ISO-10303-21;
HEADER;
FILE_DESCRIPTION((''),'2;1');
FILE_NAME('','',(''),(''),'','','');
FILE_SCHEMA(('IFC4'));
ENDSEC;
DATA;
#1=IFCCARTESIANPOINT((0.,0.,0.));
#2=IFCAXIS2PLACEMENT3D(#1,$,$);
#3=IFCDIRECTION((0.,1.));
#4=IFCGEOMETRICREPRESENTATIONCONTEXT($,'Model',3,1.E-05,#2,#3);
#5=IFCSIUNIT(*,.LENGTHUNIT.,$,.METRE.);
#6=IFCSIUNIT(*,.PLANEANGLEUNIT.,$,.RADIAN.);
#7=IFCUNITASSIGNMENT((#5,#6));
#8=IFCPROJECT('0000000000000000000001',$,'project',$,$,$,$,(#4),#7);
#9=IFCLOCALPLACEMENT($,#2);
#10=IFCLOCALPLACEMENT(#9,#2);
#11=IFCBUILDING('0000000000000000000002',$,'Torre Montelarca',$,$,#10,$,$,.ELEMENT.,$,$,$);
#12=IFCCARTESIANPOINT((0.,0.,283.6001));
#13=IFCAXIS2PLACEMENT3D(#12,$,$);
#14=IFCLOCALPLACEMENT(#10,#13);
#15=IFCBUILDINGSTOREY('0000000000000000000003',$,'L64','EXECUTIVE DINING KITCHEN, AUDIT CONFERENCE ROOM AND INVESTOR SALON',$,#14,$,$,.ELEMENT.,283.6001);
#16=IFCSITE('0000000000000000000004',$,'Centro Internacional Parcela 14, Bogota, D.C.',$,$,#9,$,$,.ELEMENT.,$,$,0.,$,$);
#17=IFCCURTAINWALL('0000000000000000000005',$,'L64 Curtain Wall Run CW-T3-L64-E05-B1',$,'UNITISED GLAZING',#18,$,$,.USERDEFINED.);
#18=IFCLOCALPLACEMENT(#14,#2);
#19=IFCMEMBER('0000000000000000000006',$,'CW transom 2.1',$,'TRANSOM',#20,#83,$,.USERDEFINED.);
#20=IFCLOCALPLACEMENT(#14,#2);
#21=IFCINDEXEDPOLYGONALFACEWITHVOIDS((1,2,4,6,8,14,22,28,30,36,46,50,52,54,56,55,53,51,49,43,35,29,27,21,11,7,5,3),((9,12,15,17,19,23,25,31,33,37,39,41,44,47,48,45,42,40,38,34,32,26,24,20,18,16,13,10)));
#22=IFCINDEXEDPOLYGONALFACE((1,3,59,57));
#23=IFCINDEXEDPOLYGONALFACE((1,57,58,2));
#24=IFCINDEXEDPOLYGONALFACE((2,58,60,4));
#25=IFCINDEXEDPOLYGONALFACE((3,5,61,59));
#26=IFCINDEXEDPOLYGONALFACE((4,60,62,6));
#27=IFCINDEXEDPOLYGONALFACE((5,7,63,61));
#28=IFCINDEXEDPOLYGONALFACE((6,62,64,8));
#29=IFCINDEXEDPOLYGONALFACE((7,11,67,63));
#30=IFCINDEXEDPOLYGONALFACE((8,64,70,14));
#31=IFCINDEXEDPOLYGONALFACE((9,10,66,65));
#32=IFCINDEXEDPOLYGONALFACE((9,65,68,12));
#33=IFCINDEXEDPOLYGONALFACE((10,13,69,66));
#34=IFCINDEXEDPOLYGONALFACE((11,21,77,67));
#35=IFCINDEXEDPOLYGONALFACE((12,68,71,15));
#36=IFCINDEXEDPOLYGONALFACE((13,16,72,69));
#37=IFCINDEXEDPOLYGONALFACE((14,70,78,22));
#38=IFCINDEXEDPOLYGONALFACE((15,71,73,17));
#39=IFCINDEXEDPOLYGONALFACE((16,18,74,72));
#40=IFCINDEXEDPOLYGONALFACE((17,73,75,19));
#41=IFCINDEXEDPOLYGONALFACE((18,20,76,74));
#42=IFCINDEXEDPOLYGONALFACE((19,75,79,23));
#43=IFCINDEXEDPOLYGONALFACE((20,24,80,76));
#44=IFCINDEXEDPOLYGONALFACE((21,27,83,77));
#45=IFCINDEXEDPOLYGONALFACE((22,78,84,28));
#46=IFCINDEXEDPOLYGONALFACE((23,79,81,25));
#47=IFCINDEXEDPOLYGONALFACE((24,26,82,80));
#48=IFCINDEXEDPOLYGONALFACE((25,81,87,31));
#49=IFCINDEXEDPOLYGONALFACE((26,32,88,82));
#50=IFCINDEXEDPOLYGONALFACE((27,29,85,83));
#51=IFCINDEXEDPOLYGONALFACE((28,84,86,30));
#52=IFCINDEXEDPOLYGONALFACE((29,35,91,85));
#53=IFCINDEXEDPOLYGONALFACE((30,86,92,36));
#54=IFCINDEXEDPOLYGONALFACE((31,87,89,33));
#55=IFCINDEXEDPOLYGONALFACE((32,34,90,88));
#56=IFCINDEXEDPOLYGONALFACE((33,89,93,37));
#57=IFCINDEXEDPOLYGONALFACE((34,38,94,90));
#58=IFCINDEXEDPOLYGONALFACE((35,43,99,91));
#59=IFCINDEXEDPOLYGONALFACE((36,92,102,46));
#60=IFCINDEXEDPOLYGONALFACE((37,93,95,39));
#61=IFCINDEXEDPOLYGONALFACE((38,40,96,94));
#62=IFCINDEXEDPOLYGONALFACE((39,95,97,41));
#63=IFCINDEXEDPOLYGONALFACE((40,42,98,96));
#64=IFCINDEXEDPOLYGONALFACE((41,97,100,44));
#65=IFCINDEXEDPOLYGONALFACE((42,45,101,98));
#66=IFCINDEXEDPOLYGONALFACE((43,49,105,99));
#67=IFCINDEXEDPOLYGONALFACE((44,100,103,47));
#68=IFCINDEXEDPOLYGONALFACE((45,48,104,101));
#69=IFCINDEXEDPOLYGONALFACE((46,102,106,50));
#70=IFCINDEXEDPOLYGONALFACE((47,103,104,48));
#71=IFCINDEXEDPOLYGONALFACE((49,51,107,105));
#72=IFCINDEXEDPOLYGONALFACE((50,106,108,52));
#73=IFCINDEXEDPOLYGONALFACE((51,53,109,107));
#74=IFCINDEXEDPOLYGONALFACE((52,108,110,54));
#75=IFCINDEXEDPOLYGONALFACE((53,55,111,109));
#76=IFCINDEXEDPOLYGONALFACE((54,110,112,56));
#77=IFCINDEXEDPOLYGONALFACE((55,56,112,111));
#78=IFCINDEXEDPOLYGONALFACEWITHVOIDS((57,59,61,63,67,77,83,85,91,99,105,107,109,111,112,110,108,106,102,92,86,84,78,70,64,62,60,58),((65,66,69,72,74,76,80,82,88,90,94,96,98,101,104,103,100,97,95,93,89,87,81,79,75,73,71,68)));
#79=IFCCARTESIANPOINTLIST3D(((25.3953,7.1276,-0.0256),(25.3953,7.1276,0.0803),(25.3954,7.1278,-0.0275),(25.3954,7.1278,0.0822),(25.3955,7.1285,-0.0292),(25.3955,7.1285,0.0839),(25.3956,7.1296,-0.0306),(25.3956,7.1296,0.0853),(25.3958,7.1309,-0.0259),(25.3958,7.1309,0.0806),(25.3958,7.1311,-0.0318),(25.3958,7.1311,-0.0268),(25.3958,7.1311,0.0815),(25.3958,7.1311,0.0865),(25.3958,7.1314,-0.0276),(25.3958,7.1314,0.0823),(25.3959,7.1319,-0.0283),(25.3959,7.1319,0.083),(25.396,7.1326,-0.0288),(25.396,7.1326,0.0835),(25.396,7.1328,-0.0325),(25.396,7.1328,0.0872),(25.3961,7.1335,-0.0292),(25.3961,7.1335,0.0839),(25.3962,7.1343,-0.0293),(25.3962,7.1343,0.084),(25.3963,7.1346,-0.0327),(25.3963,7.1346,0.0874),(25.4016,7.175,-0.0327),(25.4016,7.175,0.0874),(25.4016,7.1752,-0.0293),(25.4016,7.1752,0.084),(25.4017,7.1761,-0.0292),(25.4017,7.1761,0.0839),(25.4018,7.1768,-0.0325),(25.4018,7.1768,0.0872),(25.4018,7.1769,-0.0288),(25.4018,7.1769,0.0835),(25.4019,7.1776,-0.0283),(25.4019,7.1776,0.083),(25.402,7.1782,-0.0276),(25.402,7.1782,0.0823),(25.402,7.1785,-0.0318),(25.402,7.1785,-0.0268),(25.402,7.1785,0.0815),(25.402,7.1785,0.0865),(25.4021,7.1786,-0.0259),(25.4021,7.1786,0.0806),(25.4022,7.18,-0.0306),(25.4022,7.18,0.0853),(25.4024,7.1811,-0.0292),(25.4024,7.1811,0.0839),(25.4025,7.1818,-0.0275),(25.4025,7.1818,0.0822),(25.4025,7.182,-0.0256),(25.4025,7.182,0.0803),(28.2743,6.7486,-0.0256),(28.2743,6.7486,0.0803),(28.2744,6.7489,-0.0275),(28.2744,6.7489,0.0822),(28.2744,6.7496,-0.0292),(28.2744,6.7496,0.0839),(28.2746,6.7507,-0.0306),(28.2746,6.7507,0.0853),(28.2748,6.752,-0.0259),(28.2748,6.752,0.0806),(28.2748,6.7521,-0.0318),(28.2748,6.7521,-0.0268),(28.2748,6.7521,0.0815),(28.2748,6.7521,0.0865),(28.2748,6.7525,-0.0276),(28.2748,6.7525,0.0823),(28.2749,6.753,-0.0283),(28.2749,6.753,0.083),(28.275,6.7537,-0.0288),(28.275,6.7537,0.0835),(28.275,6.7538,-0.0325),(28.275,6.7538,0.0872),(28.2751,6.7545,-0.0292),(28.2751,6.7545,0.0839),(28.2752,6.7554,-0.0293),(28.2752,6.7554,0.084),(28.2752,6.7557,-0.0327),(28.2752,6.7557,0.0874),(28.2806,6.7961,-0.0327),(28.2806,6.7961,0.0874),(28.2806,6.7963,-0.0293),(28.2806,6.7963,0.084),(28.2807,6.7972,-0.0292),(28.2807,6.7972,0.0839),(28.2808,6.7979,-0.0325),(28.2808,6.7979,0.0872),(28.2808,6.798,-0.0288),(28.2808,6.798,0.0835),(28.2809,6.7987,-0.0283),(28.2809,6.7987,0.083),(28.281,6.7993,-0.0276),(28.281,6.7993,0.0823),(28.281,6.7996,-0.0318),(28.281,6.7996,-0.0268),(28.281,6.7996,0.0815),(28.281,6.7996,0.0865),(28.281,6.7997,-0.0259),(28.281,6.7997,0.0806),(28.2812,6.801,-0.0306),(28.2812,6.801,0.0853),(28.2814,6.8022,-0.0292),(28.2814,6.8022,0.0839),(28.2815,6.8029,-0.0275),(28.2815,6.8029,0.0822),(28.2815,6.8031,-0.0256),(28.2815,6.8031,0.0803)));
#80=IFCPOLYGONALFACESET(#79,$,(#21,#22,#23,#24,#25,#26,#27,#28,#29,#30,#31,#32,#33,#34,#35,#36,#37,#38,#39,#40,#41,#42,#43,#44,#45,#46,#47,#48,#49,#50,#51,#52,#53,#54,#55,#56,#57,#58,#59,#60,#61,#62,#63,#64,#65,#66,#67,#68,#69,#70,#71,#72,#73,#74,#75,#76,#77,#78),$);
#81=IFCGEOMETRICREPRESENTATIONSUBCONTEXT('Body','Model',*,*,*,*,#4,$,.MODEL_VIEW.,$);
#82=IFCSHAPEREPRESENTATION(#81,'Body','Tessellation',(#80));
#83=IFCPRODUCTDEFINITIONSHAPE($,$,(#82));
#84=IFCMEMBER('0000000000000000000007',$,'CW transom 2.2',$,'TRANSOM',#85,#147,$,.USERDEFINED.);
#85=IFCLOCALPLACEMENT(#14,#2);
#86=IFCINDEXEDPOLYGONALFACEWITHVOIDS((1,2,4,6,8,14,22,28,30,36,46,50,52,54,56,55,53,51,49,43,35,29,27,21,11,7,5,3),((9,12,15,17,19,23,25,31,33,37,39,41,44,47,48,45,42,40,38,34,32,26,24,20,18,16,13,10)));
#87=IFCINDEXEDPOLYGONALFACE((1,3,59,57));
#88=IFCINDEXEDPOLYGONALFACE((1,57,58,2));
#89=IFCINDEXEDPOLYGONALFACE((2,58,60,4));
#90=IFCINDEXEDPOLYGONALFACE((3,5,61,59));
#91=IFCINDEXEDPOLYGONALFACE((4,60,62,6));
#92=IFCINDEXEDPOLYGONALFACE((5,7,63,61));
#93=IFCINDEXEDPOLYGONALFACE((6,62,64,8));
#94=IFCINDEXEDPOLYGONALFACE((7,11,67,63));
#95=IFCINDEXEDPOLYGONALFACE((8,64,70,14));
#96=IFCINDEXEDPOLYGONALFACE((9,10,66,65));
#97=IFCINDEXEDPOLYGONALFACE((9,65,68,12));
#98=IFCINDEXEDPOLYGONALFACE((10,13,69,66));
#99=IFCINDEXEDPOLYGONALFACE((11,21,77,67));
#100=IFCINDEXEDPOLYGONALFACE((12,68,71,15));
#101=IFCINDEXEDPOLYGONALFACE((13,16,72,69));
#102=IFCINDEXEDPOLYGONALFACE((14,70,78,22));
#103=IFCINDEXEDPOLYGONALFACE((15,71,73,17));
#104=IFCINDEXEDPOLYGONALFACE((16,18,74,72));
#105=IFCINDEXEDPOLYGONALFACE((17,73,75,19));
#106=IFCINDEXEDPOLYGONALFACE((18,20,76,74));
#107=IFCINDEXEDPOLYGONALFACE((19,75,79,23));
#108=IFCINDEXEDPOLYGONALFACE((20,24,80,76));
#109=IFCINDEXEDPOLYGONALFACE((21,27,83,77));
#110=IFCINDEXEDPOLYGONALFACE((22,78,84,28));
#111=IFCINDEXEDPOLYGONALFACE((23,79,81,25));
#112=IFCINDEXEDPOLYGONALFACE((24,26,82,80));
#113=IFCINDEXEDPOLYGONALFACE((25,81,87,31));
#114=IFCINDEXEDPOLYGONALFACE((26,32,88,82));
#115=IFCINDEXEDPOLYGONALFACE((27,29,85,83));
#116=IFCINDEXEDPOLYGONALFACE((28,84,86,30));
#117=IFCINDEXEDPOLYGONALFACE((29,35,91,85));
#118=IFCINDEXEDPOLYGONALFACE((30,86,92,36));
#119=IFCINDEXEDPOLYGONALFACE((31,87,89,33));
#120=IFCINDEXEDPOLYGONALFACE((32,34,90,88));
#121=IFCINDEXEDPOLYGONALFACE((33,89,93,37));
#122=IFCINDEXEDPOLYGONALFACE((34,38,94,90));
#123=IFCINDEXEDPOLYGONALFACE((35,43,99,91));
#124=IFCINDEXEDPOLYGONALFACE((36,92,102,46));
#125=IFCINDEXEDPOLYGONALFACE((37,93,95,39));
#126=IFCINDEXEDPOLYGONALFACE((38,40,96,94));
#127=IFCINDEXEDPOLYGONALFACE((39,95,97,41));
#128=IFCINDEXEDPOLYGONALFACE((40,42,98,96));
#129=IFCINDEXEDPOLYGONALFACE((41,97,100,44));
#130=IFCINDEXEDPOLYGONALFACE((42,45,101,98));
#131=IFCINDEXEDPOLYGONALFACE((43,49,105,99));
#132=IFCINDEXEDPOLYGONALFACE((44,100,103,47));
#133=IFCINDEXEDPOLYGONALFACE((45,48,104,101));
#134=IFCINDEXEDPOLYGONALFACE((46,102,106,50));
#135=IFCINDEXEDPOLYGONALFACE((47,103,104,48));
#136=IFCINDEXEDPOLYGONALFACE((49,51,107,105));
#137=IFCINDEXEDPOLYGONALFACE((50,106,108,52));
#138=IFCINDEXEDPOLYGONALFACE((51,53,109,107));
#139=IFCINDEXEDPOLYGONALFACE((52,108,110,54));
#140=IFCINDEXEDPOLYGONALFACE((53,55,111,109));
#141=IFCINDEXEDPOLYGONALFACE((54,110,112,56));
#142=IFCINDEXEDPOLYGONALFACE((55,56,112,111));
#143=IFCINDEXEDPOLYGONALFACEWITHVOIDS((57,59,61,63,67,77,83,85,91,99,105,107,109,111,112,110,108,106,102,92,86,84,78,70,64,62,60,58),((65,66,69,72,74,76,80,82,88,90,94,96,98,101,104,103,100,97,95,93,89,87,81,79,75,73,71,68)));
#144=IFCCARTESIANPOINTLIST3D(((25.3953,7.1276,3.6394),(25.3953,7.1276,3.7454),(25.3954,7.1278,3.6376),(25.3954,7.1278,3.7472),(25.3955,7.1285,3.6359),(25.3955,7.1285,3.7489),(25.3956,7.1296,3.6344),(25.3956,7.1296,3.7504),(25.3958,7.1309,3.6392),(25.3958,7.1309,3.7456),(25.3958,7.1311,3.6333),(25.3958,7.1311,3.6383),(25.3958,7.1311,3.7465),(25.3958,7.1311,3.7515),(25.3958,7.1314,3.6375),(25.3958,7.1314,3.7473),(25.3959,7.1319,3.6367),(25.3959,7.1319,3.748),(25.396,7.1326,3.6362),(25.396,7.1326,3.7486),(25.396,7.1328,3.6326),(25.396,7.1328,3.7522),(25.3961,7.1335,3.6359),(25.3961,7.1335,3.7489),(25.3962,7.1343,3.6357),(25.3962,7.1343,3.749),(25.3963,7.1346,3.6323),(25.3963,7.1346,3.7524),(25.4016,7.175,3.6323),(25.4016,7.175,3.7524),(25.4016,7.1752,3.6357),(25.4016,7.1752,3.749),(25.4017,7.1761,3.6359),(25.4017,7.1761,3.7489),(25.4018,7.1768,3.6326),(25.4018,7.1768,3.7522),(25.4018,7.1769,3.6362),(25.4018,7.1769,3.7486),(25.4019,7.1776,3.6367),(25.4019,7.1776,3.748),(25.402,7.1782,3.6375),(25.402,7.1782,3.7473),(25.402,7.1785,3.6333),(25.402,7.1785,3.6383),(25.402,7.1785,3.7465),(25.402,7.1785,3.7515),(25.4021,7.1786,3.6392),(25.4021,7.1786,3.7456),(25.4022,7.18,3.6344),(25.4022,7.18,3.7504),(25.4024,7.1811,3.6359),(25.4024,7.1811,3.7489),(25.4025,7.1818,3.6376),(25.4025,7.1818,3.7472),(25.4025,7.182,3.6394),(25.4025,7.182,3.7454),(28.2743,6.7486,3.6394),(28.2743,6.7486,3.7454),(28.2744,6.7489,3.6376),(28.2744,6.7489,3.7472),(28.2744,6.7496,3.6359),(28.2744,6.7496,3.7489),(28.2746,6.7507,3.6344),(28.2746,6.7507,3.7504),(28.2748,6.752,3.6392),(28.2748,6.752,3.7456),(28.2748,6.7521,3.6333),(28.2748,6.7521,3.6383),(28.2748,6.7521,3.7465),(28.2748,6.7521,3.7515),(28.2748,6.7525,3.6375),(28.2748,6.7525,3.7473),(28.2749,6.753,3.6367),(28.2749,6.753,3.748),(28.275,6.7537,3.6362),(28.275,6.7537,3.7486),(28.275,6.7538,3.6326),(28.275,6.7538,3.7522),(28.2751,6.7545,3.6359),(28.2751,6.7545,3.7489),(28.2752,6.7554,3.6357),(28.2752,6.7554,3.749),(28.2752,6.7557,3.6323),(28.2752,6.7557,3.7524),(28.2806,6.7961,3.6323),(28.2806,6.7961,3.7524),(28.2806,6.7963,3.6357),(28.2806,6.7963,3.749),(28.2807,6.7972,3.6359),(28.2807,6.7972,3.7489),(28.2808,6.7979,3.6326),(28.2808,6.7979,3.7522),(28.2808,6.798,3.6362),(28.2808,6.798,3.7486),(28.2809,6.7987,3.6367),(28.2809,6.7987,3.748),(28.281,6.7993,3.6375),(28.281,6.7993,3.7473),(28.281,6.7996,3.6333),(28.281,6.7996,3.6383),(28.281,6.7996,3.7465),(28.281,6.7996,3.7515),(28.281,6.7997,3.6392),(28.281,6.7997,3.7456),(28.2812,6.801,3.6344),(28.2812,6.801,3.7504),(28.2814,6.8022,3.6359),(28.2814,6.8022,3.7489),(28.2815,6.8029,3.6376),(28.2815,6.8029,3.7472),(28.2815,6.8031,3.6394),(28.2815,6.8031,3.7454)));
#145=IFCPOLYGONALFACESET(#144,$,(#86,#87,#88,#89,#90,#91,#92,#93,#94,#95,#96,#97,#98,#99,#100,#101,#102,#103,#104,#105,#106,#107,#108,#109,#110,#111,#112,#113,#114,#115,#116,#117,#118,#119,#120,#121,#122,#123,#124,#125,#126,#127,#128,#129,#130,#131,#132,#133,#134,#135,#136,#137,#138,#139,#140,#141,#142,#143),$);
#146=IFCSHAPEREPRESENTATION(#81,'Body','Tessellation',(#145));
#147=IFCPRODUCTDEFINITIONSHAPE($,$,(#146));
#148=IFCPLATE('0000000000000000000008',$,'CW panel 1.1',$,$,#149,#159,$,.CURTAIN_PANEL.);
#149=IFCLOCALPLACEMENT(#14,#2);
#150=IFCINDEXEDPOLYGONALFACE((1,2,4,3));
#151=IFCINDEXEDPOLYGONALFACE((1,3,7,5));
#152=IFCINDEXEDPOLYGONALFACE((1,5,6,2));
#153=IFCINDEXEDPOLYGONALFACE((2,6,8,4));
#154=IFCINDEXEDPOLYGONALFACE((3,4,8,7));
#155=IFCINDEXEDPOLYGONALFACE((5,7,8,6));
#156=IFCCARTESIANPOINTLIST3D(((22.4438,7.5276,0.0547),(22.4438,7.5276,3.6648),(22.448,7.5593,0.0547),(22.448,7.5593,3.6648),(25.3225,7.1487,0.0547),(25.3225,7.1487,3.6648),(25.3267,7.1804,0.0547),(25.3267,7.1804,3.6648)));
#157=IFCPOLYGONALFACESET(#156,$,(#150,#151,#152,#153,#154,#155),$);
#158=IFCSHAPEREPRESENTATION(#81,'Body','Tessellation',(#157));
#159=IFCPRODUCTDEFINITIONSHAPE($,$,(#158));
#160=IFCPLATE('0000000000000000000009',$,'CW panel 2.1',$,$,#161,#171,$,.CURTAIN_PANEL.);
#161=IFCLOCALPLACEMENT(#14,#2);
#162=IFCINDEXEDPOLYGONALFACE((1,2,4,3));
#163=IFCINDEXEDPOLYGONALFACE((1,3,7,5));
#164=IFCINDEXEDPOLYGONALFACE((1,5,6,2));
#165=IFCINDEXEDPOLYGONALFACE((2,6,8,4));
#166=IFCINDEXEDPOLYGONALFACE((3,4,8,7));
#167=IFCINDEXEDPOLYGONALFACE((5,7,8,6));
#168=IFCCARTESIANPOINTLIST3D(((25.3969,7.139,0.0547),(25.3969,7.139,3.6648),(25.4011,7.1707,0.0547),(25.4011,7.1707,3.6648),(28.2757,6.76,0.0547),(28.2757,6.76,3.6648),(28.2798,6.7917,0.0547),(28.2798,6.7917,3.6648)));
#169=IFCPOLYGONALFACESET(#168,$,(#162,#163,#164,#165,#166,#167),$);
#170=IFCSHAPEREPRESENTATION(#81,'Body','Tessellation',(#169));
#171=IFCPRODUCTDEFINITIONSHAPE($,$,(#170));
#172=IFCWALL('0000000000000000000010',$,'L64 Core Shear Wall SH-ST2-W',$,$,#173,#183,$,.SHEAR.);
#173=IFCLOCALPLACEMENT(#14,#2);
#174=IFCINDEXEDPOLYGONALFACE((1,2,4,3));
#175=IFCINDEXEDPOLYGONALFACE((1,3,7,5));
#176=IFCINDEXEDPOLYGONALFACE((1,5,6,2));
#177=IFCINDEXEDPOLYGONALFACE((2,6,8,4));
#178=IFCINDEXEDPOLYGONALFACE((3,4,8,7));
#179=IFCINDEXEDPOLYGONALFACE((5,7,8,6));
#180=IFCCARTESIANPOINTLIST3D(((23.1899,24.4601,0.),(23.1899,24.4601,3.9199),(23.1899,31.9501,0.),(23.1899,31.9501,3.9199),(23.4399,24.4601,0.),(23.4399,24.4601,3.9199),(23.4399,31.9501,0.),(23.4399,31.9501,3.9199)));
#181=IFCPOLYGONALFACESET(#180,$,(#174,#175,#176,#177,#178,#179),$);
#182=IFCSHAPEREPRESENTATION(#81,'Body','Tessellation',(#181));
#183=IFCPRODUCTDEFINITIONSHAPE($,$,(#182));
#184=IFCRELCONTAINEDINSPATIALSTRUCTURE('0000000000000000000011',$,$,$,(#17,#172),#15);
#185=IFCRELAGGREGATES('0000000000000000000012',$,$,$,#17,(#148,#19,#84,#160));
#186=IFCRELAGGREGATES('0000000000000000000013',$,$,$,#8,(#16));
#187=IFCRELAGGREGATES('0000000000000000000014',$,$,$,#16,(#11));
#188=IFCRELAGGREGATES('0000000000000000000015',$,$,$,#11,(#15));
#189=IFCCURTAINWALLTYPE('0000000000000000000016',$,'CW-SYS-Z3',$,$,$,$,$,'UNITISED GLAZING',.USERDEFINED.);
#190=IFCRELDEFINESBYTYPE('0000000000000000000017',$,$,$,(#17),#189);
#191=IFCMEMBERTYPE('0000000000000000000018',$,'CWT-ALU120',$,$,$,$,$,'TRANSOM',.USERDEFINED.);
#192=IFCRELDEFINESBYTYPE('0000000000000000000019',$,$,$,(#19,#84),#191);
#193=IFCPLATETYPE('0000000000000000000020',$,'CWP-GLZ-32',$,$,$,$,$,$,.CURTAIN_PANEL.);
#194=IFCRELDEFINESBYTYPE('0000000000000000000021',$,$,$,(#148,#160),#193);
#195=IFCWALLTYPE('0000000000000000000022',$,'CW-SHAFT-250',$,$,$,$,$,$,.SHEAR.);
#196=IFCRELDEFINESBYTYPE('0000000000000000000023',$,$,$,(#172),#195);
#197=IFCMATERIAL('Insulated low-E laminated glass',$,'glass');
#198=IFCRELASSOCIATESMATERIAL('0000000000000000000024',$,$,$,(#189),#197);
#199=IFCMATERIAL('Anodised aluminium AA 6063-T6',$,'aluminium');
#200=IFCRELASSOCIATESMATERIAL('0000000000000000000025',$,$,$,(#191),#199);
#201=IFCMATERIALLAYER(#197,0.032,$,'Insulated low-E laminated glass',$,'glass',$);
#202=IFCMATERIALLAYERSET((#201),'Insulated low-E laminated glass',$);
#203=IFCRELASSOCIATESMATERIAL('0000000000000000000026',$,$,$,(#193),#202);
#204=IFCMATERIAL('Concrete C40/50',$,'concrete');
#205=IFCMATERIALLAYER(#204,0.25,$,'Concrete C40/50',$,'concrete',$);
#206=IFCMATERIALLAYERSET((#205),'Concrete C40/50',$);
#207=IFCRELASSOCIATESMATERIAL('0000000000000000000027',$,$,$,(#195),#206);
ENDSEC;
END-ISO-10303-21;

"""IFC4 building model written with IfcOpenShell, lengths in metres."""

from ifc_helpers import new_model, si_unit, direction, frame, frame_2d, origin, origin_2d, place, context, subcontext, project, spatial, rectangle, hollow_rectangle, extrude, source, transform, mapped, material, layer, layer_set, material_profile, profile_set, type_object, element, aggregate, save


model = new_model("IFC4")

# Units and contexts
model_context = context("Model", 3, precision=1e-05, world=origin(), true_north=direction((0.0, 1.0)))
body_context = subcontext(model_context, "Body", "Model", "MODEL_VIEW")
ifc_project = project(units=[si_unit("LENGTHUNIT", "METRE"), si_unit("PLANEANGLEUNIT", "RADIAN")], contexts=[model_context])

# Site, building, storey
site_placement = place(None, origin())
site = spatial("IfcSite", under=ifc_project, at=site_placement, Name="Centro Internacional Parcela 14, Bogota, D.C.", CompositionType="ELEMENT", RefElevation=0.0)
building_placement = place(site_placement, origin())
building = spatial("IfcBuilding", under=site, at=building_placement, Name="Torre Montelarca", CompositionType="ELEMENT")
storey_placement = place(building_placement, frame((0.0, 0.0, 283.6001)))
storey = spatial("IfcBuildingStorey", under=building, at=storey_placement, Name="L64", Description="EXECUTIVE DINING KITCHEN, AUDIT CONFERENCE ROOM AND INVESTOR SALON", CompositionType="ELEMENT", Elevation=283.6001)

# Shared definitions
ifc_material_1 = material(Name="Insulated low-E laminated glass", Category="glass")
curtain_wall_type = type_object("IfcCurtainWallType", Name="CW-SYS-Z3", ElementType="UNITISED GLAZING", PredefinedType="USERDEFINED", material=ifc_material_1)
ifc_material_2 = material(Name="Anodised aluminium AA 6063-T6", Category="aluminium")

# Curtain wall
curtain_wall_1_placement = place(storey_placement, origin())
curtain_wall_1 = element("IfcCurtainWall", 1, at=curtain_wall_1_placement, inside=storey, type_object=curtain_wall_type, Name="L64 Curtain Wall Run CW-T3-L64-E05-B1", ObjectType="UNITISED GLAZING", PredefinedType="USERDEFINED")

# Members
ifc_material_profile_1 = material_profile(ifc_material_2, hollow_rectangle(XDim=0.0549, YDim=0.1201, WallThickness=0.0034, InnerFilletRadius=0.0034, OuterFilletRadius=0.0071, at=origin_2d()), Name="ALU55X120X3.5", Category="aluminium")
ifc_profile_set_1 = profile_set([ifc_material_profile_1], Name="Anodised aluminium AA 6063-T6")
member_type_1 = type_object("IfcMemberType", Name="CWT-ALU120", ElementType="TRANSOM", PredefinedType="USERDEFINED", material=ifc_profile_set_1)
shared_shape_1 = source(origin(), body_context, "Body", "SweptSolid", [
    extrude(hollow_rectangle(XDim=0.0549, YDim=0.1201, WallThickness=0.0034, InnerFilletRadius=0.0034, OuterFilletRadius=0.0071, at=origin_2d()), origin(), (0.0, 0.0, 1.0), 2.9038),
])
member_1_placement = place(storey_placement, frame((25.3989, 7.1548, 0.0273), z_axis=(0.99145, -0.130489, 0.0), x_axis=(0.130489, 0.99145, 0.0)))
member_1 = element("IfcMember", 2, at=member_1_placement, type_object=member_type_1, Name="CW transom 2.1", ObjectType="TRANSOM", PredefinedType="USERDEFINED", context=body_context, shape_type="MappedRepresentation", body=[
    mapped(shared_shape_1, transform((0.0, 0.0, 0.0), scale=1.0)),
])
member_2_placement = place(storey_placement, frame((25.3989, 7.1548, 3.6924), z_axis=(0.99145, -0.130489, 0.0), x_axis=(0.130489, 0.99145, 0.0)))
member_2 = element("IfcMember", 3, at=member_2_placement, type_object=member_type_1, Name="CW transom 2.2", ObjectType="TRANSOM", PredefinedType="USERDEFINED", context=body_context, shape_type="MappedRepresentation", body=[
    mapped(shared_shape_1, transform((0.0, 0.0, 0.0), scale=1.0)),
])

# Plates
ifc_layer_1 = layer(ifc_material_1, 0.032, Name="Insulated low-E laminated glass", Category="glass")
ifc_layer_set_1 = layer_set([ifc_layer_1], Name="Insulated low-E laminated glass")
plate_type = type_object("IfcPlateType", Name="CWP-GLZ-32", PredefinedType="CURTAIN_PANEL", material=ifc_layer_set_1)
shared_shape_2 = source(origin(), body_context, "Body", "SweptSolid", [
    extrude(rectangle(XDim=2.9036, YDim=0.032, at=origin_2d()), origin(), (0.0, 0.0, 1.0), 3.6101),
])
plate_1_placement = place(storey_placement, frame((23.8853, 7.354, 0.0547), z_axis=(0.0, 0.0, 1.0), x_axis=(0.991446, -0.130514, 0.0)))
plate_1 = element("IfcPlate", 4, at=plate_1_placement, type_object=plate_type, Name="CW panel 1.1", PredefinedType="CURTAIN_PANEL", context=body_context, shape_type="MappedRepresentation", body=[
    mapped(shared_shape_2, transform((0.0, 0.0, 0.0), scale=1.0)),
])
plate_2_placement = place(storey_placement, frame((26.8384, 6.9653, 0.0547), z_axis=(0.0, 0.0, 1.0), x_axis=(0.991446, -0.130514, 0.0)))
plate_2 = element("IfcPlate", 5, at=plate_2_placement, type_object=plate_type, Name="CW panel 2.1", PredefinedType="CURTAIN_PANEL", context=body_context, shape_type="MappedRepresentation", body=[
    mapped(shared_shape_2, transform((0.0, 0.0, 0.0), scale=1.0)),
])
aggregate(curtain_wall_1, [plate_1, member_1, member_2, plate_2])

# Wall
ifc_material_3 = material(Name="Concrete C40/50", Category="concrete")
ifc_layer_2 = layer(ifc_material_3, 0.25, Name="Concrete C40/50", Category="concrete")
ifc_layer_set_2 = layer_set([ifc_layer_2], Name="Concrete C40/50")
wall_type_1 = type_object("IfcWallType", Name="CW-SHAFT-250", PredefinedType="SHEAR", material=ifc_layer_set_2)
wall_1_placement = place(storey_placement, frame((23.3149, 24.46, 0.0), z_axis=(0.0, 0.0, 1.0), x_axis=(0.0, 1.0, 0.0)))
element("IfcWall", 6, at=wall_1_placement, inside=storey, type_object=wall_type_1, Name="L64 Core Shear Wall SH-ST2-W", PredefinedType="SHEAR", context=body_context, shape_type="SweptSolid", body=[
    extrude(rectangle(XDim=7.49, YDim=0.25, at=frame_2d((3.7451, 0.0))), origin(), (0.0, 0.0, 1.0), 3.9199),
])

save(model, "model.ifc")
